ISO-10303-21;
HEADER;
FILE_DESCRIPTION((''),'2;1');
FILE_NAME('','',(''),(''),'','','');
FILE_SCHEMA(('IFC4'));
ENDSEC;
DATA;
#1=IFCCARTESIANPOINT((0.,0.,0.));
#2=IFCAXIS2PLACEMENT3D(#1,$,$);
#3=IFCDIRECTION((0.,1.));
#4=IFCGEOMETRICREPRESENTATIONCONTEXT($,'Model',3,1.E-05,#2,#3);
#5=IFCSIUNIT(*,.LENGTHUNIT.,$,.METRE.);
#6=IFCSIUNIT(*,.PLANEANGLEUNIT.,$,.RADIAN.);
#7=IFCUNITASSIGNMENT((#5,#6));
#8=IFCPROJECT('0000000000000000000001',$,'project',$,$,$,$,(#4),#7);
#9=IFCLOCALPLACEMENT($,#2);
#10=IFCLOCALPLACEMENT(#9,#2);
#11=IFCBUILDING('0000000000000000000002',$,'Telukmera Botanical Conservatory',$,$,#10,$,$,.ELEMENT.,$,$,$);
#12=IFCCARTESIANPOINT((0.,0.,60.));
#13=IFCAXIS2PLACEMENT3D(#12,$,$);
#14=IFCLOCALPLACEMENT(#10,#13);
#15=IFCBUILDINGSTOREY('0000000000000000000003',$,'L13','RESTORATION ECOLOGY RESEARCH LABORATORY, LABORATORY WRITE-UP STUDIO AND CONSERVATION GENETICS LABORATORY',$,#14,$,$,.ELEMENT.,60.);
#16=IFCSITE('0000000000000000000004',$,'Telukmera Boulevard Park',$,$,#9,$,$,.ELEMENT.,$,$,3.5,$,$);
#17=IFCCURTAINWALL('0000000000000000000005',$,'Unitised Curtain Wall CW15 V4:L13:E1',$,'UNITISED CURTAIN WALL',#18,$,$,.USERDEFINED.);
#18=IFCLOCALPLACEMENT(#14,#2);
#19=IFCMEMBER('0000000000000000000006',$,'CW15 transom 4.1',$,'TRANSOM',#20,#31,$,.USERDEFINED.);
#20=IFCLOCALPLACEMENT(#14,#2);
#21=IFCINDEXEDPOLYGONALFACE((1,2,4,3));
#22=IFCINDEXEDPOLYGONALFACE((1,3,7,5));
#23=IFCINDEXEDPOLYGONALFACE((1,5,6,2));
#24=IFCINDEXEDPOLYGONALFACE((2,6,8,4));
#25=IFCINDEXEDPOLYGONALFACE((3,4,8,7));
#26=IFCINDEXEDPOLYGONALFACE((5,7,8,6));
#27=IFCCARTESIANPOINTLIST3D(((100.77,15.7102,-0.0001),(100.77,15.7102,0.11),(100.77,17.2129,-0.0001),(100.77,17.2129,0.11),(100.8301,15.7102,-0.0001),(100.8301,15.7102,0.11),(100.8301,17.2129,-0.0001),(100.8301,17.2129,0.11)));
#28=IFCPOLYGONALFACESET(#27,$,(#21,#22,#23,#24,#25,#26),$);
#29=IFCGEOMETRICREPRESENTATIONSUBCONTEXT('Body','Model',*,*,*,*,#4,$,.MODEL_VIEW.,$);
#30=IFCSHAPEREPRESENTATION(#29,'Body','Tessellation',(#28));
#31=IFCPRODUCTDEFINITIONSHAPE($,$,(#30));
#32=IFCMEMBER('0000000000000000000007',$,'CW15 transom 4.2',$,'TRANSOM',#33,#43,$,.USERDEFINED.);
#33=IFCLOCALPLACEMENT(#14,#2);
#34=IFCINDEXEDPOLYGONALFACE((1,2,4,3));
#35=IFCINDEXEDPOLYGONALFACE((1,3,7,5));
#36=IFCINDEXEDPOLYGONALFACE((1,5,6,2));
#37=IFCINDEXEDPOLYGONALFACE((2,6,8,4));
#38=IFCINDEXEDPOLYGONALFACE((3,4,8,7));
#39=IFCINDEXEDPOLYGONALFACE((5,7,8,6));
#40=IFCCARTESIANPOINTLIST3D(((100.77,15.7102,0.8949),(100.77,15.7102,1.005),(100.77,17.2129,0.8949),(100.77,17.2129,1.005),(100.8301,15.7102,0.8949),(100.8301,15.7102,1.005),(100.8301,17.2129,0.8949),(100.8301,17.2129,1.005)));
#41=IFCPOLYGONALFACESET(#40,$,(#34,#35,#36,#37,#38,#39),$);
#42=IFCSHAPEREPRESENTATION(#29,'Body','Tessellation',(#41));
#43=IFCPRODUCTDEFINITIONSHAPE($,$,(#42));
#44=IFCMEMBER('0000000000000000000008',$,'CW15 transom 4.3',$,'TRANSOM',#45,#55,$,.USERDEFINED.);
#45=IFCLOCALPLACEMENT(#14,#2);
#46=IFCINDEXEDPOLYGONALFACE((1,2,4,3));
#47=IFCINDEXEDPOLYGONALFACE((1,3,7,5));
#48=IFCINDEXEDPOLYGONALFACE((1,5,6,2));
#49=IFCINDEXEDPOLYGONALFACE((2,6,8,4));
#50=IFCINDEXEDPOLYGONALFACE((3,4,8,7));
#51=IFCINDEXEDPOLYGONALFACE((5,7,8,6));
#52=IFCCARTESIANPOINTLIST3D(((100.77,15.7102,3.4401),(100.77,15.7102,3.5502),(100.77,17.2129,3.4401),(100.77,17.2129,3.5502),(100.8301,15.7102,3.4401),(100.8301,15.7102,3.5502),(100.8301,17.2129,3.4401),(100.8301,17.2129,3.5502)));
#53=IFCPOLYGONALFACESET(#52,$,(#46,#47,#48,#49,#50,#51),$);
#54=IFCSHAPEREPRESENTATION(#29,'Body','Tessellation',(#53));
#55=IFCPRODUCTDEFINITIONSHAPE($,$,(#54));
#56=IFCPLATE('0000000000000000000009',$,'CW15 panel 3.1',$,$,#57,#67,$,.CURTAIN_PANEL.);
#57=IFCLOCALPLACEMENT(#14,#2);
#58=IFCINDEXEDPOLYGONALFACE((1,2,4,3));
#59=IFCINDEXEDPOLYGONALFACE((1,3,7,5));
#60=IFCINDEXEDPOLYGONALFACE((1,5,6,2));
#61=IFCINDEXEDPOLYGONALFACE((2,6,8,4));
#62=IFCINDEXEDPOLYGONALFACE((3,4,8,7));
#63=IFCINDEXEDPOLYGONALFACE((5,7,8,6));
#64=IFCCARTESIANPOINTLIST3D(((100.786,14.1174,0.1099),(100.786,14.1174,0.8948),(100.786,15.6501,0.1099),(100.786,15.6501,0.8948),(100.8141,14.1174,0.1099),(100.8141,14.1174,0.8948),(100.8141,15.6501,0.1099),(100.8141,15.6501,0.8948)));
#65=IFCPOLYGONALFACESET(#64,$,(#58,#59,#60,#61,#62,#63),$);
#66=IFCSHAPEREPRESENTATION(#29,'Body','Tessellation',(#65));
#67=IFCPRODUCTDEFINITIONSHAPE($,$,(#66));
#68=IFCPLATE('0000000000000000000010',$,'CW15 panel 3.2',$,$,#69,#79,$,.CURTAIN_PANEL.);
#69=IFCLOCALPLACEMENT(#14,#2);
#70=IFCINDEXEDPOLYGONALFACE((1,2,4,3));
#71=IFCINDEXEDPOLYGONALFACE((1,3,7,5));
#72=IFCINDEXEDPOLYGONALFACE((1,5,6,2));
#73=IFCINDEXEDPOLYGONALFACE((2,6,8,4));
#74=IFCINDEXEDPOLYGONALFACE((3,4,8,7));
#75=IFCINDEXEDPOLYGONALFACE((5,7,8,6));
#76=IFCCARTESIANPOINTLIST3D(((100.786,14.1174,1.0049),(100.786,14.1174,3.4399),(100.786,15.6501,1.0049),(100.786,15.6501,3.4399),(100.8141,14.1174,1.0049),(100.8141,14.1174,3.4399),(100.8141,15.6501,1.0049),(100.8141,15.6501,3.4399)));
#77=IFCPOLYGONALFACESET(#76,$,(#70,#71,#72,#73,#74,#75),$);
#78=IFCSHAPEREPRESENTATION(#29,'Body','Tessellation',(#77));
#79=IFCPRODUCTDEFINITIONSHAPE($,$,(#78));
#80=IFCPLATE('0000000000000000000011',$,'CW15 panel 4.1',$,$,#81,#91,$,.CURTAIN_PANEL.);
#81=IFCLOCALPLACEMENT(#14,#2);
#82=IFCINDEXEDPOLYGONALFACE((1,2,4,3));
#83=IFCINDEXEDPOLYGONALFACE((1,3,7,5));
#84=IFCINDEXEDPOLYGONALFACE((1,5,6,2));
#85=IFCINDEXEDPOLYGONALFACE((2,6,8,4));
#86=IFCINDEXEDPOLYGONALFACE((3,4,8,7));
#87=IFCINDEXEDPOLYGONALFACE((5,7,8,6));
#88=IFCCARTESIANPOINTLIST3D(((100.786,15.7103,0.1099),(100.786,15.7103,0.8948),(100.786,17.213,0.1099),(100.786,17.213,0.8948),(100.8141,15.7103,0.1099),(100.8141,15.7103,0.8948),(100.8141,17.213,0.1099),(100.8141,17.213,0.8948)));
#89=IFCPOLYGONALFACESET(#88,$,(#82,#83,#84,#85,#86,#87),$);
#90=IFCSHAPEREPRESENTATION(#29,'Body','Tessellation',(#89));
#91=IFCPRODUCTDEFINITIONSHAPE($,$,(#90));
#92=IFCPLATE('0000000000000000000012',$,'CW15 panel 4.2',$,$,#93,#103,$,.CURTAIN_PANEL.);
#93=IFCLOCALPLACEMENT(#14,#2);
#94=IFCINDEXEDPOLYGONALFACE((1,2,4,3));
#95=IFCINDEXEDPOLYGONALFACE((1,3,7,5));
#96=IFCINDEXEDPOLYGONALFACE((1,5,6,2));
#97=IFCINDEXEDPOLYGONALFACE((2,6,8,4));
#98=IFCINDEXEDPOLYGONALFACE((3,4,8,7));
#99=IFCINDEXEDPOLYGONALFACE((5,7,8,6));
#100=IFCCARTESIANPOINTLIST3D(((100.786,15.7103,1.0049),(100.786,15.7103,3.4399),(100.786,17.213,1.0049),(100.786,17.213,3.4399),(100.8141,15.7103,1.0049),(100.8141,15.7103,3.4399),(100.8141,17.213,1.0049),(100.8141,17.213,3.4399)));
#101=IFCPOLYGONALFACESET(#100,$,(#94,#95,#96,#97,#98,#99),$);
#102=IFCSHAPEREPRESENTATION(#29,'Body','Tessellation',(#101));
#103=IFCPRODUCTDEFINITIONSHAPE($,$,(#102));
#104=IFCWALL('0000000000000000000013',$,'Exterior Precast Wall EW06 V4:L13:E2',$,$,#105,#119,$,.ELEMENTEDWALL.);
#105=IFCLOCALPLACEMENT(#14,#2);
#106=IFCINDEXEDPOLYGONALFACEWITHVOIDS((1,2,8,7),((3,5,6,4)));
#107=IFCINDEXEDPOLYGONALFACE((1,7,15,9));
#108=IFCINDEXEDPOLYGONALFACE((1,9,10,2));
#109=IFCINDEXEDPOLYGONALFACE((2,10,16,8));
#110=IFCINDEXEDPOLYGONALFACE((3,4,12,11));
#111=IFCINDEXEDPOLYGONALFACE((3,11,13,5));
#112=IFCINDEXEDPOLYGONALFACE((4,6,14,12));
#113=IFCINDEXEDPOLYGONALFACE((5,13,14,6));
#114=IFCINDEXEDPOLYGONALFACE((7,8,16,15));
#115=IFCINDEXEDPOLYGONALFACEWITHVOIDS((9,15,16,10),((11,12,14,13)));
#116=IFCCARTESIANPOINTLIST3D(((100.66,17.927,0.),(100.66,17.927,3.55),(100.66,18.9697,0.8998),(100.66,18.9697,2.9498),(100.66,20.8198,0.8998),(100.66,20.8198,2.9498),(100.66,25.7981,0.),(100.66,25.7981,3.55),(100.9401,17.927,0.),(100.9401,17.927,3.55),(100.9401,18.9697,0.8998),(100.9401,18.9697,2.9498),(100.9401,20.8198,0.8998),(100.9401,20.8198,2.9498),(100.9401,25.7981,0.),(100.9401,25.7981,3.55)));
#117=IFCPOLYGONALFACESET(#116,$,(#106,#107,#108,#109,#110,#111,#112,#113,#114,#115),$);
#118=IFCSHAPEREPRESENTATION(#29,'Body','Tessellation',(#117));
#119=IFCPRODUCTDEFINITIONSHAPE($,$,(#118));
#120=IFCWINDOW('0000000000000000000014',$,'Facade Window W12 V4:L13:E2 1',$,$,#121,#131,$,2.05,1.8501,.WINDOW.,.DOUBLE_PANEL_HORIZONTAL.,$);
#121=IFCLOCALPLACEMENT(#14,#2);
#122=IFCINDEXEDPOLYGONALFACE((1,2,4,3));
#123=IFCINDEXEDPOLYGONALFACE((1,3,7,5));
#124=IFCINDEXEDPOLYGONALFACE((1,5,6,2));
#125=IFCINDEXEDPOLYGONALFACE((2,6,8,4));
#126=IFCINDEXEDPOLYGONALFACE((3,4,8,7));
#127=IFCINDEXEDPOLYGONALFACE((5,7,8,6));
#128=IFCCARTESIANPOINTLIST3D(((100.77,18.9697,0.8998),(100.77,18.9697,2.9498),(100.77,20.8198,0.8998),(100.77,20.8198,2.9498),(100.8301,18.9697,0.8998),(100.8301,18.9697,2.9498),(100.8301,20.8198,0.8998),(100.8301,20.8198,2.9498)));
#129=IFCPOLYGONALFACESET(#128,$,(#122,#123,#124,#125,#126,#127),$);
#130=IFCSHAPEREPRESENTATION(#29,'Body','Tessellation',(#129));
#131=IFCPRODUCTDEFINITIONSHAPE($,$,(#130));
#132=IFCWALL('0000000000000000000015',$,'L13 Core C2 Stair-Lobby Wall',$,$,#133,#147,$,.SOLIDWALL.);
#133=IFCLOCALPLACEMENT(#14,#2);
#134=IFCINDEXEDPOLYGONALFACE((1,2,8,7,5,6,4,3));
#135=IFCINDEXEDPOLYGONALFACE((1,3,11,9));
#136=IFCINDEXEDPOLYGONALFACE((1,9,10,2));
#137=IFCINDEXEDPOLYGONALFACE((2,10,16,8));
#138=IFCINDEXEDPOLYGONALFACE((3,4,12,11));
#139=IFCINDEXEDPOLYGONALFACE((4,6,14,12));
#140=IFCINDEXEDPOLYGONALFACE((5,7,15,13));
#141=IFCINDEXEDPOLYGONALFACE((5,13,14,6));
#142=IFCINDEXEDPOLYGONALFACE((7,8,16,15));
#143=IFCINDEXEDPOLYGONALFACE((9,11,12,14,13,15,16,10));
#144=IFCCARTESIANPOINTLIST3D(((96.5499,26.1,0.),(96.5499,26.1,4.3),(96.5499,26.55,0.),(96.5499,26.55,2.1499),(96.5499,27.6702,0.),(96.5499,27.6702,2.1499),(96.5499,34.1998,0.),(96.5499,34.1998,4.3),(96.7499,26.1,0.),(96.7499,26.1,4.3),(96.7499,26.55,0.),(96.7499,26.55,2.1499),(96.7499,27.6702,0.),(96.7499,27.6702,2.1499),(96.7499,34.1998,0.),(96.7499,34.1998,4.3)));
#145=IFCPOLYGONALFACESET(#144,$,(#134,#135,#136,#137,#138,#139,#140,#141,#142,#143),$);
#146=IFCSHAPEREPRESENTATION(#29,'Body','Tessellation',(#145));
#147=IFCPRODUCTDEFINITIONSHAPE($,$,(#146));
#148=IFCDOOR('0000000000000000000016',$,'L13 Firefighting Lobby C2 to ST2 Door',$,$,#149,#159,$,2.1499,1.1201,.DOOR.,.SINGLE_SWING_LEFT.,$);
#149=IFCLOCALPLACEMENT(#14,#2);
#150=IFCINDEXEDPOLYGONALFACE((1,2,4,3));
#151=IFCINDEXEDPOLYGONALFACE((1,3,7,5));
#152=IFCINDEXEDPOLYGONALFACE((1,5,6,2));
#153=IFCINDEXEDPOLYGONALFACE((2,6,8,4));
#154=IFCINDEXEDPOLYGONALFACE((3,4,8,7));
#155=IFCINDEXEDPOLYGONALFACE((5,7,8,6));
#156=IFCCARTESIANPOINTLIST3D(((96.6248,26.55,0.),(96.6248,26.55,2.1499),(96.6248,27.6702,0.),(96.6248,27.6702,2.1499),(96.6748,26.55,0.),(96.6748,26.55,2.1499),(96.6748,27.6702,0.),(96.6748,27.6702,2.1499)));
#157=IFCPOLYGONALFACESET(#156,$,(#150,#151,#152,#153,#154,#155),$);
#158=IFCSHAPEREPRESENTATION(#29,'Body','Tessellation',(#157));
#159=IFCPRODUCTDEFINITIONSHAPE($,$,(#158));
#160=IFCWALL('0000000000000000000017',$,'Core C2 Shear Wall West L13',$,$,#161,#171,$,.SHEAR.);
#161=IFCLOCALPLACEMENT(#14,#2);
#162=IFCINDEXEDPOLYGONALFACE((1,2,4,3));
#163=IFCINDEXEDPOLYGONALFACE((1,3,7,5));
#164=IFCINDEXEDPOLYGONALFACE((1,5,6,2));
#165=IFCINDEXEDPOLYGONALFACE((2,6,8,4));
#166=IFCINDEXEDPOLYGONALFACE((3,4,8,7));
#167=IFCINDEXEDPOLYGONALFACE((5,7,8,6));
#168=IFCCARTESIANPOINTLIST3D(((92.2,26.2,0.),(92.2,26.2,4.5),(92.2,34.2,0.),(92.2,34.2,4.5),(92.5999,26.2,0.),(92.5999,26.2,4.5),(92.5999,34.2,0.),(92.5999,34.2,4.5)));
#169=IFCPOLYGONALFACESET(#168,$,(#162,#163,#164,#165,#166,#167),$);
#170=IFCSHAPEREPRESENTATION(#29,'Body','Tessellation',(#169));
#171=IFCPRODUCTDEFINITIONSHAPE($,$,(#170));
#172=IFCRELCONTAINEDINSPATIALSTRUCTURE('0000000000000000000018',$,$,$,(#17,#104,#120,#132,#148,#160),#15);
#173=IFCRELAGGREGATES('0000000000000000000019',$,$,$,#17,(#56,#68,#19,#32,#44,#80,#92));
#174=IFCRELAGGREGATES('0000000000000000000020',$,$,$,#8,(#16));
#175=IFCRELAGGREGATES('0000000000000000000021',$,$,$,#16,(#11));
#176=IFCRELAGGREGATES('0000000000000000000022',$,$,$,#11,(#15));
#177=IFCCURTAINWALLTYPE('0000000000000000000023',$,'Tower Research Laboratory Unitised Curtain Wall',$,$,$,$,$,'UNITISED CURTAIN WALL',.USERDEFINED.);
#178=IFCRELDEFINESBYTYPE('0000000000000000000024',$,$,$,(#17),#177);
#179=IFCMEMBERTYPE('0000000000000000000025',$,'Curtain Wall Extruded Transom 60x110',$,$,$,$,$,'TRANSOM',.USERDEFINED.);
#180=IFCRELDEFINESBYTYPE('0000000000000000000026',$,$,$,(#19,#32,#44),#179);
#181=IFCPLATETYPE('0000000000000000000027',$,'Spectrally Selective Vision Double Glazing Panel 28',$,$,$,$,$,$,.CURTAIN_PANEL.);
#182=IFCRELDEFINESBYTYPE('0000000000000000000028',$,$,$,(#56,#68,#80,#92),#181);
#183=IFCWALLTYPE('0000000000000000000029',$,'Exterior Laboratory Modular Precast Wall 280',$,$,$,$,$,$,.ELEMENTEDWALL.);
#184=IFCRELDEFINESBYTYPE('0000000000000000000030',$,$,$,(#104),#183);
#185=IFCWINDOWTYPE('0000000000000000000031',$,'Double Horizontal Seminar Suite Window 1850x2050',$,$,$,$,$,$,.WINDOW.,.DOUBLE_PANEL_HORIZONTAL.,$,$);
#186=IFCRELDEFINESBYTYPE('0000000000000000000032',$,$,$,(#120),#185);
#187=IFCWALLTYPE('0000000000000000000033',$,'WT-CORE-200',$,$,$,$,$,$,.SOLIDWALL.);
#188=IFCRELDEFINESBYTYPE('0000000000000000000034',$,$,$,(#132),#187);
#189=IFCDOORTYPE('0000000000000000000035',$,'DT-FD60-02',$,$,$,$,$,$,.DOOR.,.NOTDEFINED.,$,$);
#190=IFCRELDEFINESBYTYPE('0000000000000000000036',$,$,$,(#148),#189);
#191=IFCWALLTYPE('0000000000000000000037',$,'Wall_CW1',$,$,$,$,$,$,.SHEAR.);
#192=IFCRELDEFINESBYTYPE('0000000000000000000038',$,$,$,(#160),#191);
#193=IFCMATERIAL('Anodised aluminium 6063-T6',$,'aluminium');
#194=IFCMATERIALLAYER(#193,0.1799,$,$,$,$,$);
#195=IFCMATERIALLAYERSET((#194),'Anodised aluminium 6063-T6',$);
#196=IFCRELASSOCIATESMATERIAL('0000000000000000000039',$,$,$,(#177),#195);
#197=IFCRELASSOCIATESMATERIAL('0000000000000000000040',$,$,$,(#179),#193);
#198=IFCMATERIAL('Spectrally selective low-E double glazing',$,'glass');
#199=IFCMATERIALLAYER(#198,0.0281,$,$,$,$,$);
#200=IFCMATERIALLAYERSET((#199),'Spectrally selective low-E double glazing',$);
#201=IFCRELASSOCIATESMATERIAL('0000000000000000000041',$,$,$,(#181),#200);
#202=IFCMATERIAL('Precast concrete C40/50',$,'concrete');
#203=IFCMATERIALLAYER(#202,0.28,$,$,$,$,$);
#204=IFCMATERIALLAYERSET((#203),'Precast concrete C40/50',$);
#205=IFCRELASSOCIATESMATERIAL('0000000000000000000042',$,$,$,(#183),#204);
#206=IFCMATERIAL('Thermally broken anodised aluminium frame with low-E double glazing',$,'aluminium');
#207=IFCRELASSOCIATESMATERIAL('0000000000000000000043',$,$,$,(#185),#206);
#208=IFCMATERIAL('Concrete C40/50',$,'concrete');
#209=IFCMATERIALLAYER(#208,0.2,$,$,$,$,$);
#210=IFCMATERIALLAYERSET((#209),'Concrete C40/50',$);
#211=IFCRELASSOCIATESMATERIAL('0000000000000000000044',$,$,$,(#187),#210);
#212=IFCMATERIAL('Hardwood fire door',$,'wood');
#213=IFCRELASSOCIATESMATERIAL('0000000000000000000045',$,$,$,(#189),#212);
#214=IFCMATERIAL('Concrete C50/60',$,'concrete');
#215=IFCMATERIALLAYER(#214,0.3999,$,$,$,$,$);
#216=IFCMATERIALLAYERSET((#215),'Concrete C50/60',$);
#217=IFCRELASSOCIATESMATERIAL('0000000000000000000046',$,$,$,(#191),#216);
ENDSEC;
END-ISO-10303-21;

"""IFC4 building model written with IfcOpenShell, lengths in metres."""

from ifc_helpers import new_model, si_unit, direction, frame, frame_2d, origin, origin_2d, place, context, subcontext, project, spatial, rectangle, extrude, material, layer, layer_set, material_profile, profile_set, type_object, element, fill, aggregate, save


model = new_model("IFC4")

# Units and contexts
model_context = context("Model", 3, precision=1e-05, world=origin(), true_north=direction((0.0, 1.0)))
body_context = subcontext(model_context, "Body", "Model", "MODEL_VIEW")
ifc_project = project(units=[si_unit("LENGTHUNIT", "METRE"), si_unit("PLANEANGLEUNIT", "RADIAN")], contexts=[model_context])

# Site, building, storey
site_placement = place(None, origin())
site = spatial("IfcSite", under=ifc_project, at=site_placement, Name="Telukmera Boulevard Park", CompositionType="ELEMENT", RefElevation=3.5)
building_placement = place(site_placement, origin())
building = spatial("IfcBuilding", under=site, at=building_placement, Name="Telukmera Botanical Conservatory", CompositionType="ELEMENT")
storey_placement = place(building_placement, frame((0.0, 0.0, 60.0)))
storey = spatial("IfcBuildingStorey", under=building, at=storey_placement, Name="L13", Description="RESTORATION ECOLOGY RESEARCH LABORATORY, LABORATORY WRITE-UP STUDIO AND CONSERVATION GENETICS LABORATORY", CompositionType="ELEMENT", Elevation=60.0)

# Shared definitions
ifc_material_1 = material(Name="Concrete C40/50", Category="concrete")
ifc_material_2 = material(Name="Concrete C50/60", Category="concrete")

# Shared definitions
ifc_material_3 = material(Name="Precast concrete C40/50", Category="concrete")

# Curtain wall, members, plates
ifc_material_4 = material(Name="Anodised aluminium 6063-T6", Category="aluminium")
ifc_layer_1 = layer(ifc_material_4, 0.1799)
ifc_layer_set_1 = layer_set([ifc_layer_1], Name="Anodised aluminium 6063-T6")
curtain_wall_type = type_object("IfcCurtainWallType", Name="Tower Research Laboratory Unitised Curtain Wall", ElementType="UNITISED CURTAIN WALL", PredefinedType="USERDEFINED", material=ifc_layer_set_1)
curtain_wall_placement = place(storey_placement, origin())
curtain_wall = element("IfcCurtainWall", 1, at=curtain_wall_placement, inside=storey, type_object=curtain_wall_type, Name="Unitised Curtain Wall CW15 V4:L13:E1", ObjectType="UNITISED CURTAIN WALL", PredefinedType="USERDEFINED")
ifc_material_profile_1 = material_profile(ifc_material_4, rectangle(XDim=0.0601, YDim=0.1101, at=origin_2d()), Name="ALU TRAN 60x110")
ifc_profile_set_1 = profile_set([ifc_material_profile_1], Name="Anodised aluminium 6063-T6")
member_type_1 = type_object("IfcMemberType", Name="Curtain Wall Extruded Transom 60x110", ElementType="TRANSOM", PredefinedType="USERDEFINED", material=ifc_profile_set_1)
member_1_placement = place(storey_placement, frame((100.8, 15.7102, 0.0549), z_axis=(0.0, 1.0, 0.0), x_axis=(-1.0, 0.0, 0.0)))
member_1 = element("IfcMember", 2, at=member_1_placement, type_object=member_type_1, Name="CW15 transom 4.1", ObjectType="TRANSOM", PredefinedType="USERDEFINED", context=body_context, shape_type="SweptSolid", body=[
    extrude(rectangle(XDim=0.0601, YDim=0.1101, at=origin_2d()), origin(), (0.0, 0.0, 1.0), 1.5027),
])
member_2_placement = place(storey_placement, frame((100.8, 15.7102, 0.95), z_axis=(0.0, 1.0, 0.0), x_axis=(-1.0, 0.0, 0.0)))
member_2 = element("IfcMember", 3, at=member_2_placement, type_object=member_type_1, Name="CW15 transom 4.2", ObjectType="TRANSOM", PredefinedType="USERDEFINED", context=body_context, shape_type="SweptSolid", body=[
    extrude(rectangle(XDim=0.0601, YDim=0.1101, at=origin_2d()), origin(), (0.0, 0.0, 1.0), 1.5027),
])
member_3_placement = place(storey_placement, frame((100.8, 15.7102, 3.4951), z_axis=(0.0, 1.0, 0.0), x_axis=(-1.0, 0.0, 0.0)))
member_3 = element("IfcMember", 4, at=member_3_placement, type_object=member_type_1, Name="CW15 transom 4.3", ObjectType="TRANSOM", PredefinedType="USERDEFINED", context=body_context, shape_type="SweptSolid", body=[
    extrude(rectangle(XDim=0.0601, YDim=0.1101, at=origin_2d()), origin(), (0.0, 0.0, 1.0), 1.5027),
])
ifc_material_5 = material(Name="Spectrally selective low-E double glazing", Category="glass")
ifc_layer_2 = layer(ifc_material_5, 0.0281)
ifc_layer_set_2 = layer_set([ifc_layer_2], Name="Spectrally selective low-E double glazing")
plate_type = type_object("IfcPlateType", Name="Spectrally Selective Vision Double Glazing Panel 28", PredefinedType="CURTAIN_PANEL", material=ifc_layer_set_2)
plate_1_placement = place(storey_placement, frame((100.8, 14.8838, 0.1099), z_axis=(0.0, 0.0, 1.0), x_axis=(0.0, 1.0, 0.0)))
plate_1 = element("IfcPlate", 5, at=plate_1_placement, type_object=plate_type, Name="CW15 panel 3.1", PredefinedType="CURTAIN_PANEL", context=body_context, shape_type="SweptSolid", body=[
    extrude(rectangle(XDim=1.5327, YDim=0.0281, at=origin_2d()), origin(), (0.0, 0.0, 1.0), 0.7849),
])
plate_2_placement = place(storey_placement, frame((100.8, 14.8838, 1.0049), z_axis=(0.0, 0.0, 1.0), x_axis=(0.0, 1.0, 0.0)))
plate_2 = element("IfcPlate", 6, at=plate_2_placement, type_object=plate_type, Name="CW15 panel 3.2", PredefinedType="CURTAIN_PANEL", context=body_context, shape_type="SweptSolid", body=[
    extrude(rectangle(XDim=1.5327, YDim=0.0281, at=origin_2d()), origin(), (0.0, 0.0, 1.0), 2.4351),
])
plate_3_placement = place(storey_placement, frame((100.8, 16.4617, 0.1099), z_axis=(0.0, 0.0, 1.0), x_axis=(0.0, 1.0, 0.0)))
plate_3 = element("IfcPlate", 7, at=plate_3_placement, type_object=plate_type, Name="CW15 panel 4.1", PredefinedType="CURTAIN_PANEL", context=body_context, shape_type="SweptSolid", body=[
    extrude(rectangle(XDim=1.5027, YDim=0.0281, at=origin_2d()), origin(), (0.0, 0.0, 1.0), 0.7849),
])
plate_4_placement = place(storey_placement, frame((100.8, 16.4617, 1.0049), z_axis=(0.0, 0.0, 1.0), x_axis=(0.0, 1.0, 0.0)))
plate_4 = element("IfcPlate", 8, at=plate_4_placement, type_object=plate_type, Name="CW15 panel 4.2", PredefinedType="CURTAIN_PANEL", context=body_context, shape_type="SweptSolid", body=[
    extrude(rectangle(XDim=1.5027, YDim=0.0281, at=origin_2d()), origin(), (0.0, 0.0, 1.0), 2.4351),
])
aggregate(curtain_wall, [plate_1, plate_2, member_1, member_2, member_3, plate_3, plate_4])

# Wall, opening, window
ifc_layer_3 = layer(ifc_material_3, 0.28)
ifc_layer_set_3 = layer_set([ifc_layer_3], Name="Precast concrete C40/50")
wall_type_1 = type_object("IfcWallType", Name="Exterior Laboratory Modular Precast Wall 280", PredefinedType="ELEMENTEDWALL", material=ifc_layer_set_3)
wall_1_placement = place(storey_placement, frame((100.8, 17.927, 0.0), z_axis=(0.0, 0.0, 1.0), x_axis=(0.0, 1.0, 0.0)))
wall_1 = element("IfcWall", 9, at=wall_1_placement, inside=storey, type_object=wall_type_1, Name="Exterior Precast Wall EW06 V4:L13:E2", PredefinedType="ELEMENTEDWALL", context=body_context, shape_type="SweptSolid", body=[
    extrude(rectangle(XDim=7.8711, YDim=0.28, at=frame_2d((3.9355, 0.0))), origin(), (0.0, 0.0, 1.0), 3.55),
])
opening_1_placement = place(wall_1_placement, frame((1.0427, 0.0, 0.8999)))
opening_1 = element("IfcOpeningElement", 10, at=opening_1_placement, cuts=wall_1, PredefinedType="OPENING", context=body_context, shape_type="SweptSolid", body=[
    extrude(rectangle(XDim=1.8501, YDim=2.05, at=frame_2d((0.925, 1.0249))), frame((0.0, 0.1499, 0.0), z_axis=(0.0, -1.0, 0.0), x_axis=(1.0, 0.0, 0.0)), (0.0, 0.0, 1.0), 0.3),
])
ifc_material_6 = material(Name="Thermally broken anodised aluminium frame with low-E double glazing", Category="aluminium")
window_type = type_object("IfcWindowType", Name="Double Horizontal Seminar Suite Window 1850x2050", PartitioningType="DOUBLE_PANEL_HORIZONTAL", PredefinedType="WINDOW", material=ifc_material_6)
window_placement = place(opening_1_placement, origin())
window = element("IfcWindow", 11, at=window_placement, inside=storey, type_object=window_type, Name="Facade Window W12 V4:L13:E2 1", OverallHeight=2.05, OverallWidth=1.8501, PartitioningType="DOUBLE_PANEL_HORIZONTAL", PredefinedType="WINDOW", context=body_context, shape_type="SweptSolid", body=[
    extrude(rectangle(XDim=1.8501, YDim=2.05, at=frame_2d((0.925, 1.0249))), frame((0.0, 0.03, 0.0), z_axis=(0.0, -1.0, 0.0), x_axis=(1.0, 0.0, 0.0)), (0.0, 0.0, 1.0), 0.0601),
])
fill(opening_1, window)

# Shared definitions
ifc_layer_4 = layer(ifc_material_1, 0.2)
ifc_layer_set_4 = layer_set([ifc_layer_4], Name="Concrete C40/50")
wall_type_2 = type_object("IfcWallType", Name="WT-CORE-200", PredefinedType="SOLIDWALL", material=ifc_layer_set_4)
ifc_material_7 = material(Name="Hardwood fire door", Category="wood")

# Wall, opening, door
wall_2_placement = place(storey_placement, frame((96.6499, 26.1001, 0.0), z_axis=(0.0, 0.0, 1.0), x_axis=(0.0, 1.0, 0.0)))
wall_2 = element("IfcWall", 12, at=wall_2_placement, inside=storey, type_object=wall_type_2, Name="L13 Core C2 Stair-Lobby Wall", PredefinedType="SOLIDWALL", context=body_context, shape_type="SweptSolid", body=[
    extrude(rectangle(XDim=8.0999, YDim=0.2, at=frame_2d((4.0498, 0.0))), origin(), (0.0, 0.0, 1.0), 4.3),
])
opening_2_placement = place(wall_2_placement, frame((0.45, 0.0, 0.0)))
opening_2 = element("IfcOpeningElement", 13, at=opening_2_placement, cuts=wall_2, PredefinedType="OPENING", context=body_context, shape_type="SweptSolid", body=[
    extrude(rectangle(XDim=1.1201, YDim=2.1499, at=frame_2d((0.5601, 1.075))), frame((0.0, 0.1099, 0.0), z_axis=(0.0, -1.0, 0.0), x_axis=(1.0, 0.0, 0.0)), (0.0, 0.0, 1.0), 0.22),
])
door_type_1 = type_object("IfcDoorType", Name="DT-FD60-02", OperationType="NOTDEFINED", PredefinedType="DOOR", material=ifc_material_7)
door_1_placement = place(opening_2_placement, frame((1.1201, 0.0, 0.0), z_axis=(0.0, 0.0, 1.0), x_axis=(-1.0, 0.0, 0.0)))
door_1 = element("IfcDoor", 14, at=door_1_placement, inside=storey, type_object=door_type_1, Name="L13 Firefighting Lobby C2 to ST2 Door", OperationType="SINGLE_SWING_LEFT", OverallHeight=2.1499, OverallWidth=1.1201, PredefinedType="DOOR", context=body_context, shape_type="SweptSolid", body=[
    extrude(rectangle(XDim=1.1201, YDim=2.1499, at=frame_2d((0.5601, 1.075))), frame((0.0, 0.0249, 0.0), z_axis=(0.0, -1.0, 0.0), x_axis=(1.0, 0.0, 0.0)), (0.0, 0.0, 1.0), 0.05),
])
fill(opening_2, door_1)

# Wall
ifc_layer_5 = layer(ifc_material_2, 0.3999)
ifc_layer_set_5 = layer_set([ifc_layer_5], Name="Concrete C50/60")
wall_type_3 = type_object("IfcWallType", Name="Wall_CW1", PredefinedType="SHEAR", material=ifc_layer_set_5)
for number, where, z_axis, x_axis, name in (
    (15, (92.3999, 26.2, 0.0), (0.0, 0.0, 1.0), (0.0, 1.0, 0.0), "Core C2 Shear Wall West L13"),
):
    element("IfcWall", number, at=place(storey_placement, frame(where, z_axis=z_axis, x_axis=x_axis)), inside=storey, type_object=wall_type_3, Name=name, PredefinedType="SHEAR", context=body_context, shape_type="SweptSolid", body=[
        extrude(rectangle(XDim=8.0, YDim=0.3999, at=frame_2d((4.0, 0.0))), origin(), (0.0, 0.0, 1.0), 4.5),
    ])

save(model, "model.ifc")
